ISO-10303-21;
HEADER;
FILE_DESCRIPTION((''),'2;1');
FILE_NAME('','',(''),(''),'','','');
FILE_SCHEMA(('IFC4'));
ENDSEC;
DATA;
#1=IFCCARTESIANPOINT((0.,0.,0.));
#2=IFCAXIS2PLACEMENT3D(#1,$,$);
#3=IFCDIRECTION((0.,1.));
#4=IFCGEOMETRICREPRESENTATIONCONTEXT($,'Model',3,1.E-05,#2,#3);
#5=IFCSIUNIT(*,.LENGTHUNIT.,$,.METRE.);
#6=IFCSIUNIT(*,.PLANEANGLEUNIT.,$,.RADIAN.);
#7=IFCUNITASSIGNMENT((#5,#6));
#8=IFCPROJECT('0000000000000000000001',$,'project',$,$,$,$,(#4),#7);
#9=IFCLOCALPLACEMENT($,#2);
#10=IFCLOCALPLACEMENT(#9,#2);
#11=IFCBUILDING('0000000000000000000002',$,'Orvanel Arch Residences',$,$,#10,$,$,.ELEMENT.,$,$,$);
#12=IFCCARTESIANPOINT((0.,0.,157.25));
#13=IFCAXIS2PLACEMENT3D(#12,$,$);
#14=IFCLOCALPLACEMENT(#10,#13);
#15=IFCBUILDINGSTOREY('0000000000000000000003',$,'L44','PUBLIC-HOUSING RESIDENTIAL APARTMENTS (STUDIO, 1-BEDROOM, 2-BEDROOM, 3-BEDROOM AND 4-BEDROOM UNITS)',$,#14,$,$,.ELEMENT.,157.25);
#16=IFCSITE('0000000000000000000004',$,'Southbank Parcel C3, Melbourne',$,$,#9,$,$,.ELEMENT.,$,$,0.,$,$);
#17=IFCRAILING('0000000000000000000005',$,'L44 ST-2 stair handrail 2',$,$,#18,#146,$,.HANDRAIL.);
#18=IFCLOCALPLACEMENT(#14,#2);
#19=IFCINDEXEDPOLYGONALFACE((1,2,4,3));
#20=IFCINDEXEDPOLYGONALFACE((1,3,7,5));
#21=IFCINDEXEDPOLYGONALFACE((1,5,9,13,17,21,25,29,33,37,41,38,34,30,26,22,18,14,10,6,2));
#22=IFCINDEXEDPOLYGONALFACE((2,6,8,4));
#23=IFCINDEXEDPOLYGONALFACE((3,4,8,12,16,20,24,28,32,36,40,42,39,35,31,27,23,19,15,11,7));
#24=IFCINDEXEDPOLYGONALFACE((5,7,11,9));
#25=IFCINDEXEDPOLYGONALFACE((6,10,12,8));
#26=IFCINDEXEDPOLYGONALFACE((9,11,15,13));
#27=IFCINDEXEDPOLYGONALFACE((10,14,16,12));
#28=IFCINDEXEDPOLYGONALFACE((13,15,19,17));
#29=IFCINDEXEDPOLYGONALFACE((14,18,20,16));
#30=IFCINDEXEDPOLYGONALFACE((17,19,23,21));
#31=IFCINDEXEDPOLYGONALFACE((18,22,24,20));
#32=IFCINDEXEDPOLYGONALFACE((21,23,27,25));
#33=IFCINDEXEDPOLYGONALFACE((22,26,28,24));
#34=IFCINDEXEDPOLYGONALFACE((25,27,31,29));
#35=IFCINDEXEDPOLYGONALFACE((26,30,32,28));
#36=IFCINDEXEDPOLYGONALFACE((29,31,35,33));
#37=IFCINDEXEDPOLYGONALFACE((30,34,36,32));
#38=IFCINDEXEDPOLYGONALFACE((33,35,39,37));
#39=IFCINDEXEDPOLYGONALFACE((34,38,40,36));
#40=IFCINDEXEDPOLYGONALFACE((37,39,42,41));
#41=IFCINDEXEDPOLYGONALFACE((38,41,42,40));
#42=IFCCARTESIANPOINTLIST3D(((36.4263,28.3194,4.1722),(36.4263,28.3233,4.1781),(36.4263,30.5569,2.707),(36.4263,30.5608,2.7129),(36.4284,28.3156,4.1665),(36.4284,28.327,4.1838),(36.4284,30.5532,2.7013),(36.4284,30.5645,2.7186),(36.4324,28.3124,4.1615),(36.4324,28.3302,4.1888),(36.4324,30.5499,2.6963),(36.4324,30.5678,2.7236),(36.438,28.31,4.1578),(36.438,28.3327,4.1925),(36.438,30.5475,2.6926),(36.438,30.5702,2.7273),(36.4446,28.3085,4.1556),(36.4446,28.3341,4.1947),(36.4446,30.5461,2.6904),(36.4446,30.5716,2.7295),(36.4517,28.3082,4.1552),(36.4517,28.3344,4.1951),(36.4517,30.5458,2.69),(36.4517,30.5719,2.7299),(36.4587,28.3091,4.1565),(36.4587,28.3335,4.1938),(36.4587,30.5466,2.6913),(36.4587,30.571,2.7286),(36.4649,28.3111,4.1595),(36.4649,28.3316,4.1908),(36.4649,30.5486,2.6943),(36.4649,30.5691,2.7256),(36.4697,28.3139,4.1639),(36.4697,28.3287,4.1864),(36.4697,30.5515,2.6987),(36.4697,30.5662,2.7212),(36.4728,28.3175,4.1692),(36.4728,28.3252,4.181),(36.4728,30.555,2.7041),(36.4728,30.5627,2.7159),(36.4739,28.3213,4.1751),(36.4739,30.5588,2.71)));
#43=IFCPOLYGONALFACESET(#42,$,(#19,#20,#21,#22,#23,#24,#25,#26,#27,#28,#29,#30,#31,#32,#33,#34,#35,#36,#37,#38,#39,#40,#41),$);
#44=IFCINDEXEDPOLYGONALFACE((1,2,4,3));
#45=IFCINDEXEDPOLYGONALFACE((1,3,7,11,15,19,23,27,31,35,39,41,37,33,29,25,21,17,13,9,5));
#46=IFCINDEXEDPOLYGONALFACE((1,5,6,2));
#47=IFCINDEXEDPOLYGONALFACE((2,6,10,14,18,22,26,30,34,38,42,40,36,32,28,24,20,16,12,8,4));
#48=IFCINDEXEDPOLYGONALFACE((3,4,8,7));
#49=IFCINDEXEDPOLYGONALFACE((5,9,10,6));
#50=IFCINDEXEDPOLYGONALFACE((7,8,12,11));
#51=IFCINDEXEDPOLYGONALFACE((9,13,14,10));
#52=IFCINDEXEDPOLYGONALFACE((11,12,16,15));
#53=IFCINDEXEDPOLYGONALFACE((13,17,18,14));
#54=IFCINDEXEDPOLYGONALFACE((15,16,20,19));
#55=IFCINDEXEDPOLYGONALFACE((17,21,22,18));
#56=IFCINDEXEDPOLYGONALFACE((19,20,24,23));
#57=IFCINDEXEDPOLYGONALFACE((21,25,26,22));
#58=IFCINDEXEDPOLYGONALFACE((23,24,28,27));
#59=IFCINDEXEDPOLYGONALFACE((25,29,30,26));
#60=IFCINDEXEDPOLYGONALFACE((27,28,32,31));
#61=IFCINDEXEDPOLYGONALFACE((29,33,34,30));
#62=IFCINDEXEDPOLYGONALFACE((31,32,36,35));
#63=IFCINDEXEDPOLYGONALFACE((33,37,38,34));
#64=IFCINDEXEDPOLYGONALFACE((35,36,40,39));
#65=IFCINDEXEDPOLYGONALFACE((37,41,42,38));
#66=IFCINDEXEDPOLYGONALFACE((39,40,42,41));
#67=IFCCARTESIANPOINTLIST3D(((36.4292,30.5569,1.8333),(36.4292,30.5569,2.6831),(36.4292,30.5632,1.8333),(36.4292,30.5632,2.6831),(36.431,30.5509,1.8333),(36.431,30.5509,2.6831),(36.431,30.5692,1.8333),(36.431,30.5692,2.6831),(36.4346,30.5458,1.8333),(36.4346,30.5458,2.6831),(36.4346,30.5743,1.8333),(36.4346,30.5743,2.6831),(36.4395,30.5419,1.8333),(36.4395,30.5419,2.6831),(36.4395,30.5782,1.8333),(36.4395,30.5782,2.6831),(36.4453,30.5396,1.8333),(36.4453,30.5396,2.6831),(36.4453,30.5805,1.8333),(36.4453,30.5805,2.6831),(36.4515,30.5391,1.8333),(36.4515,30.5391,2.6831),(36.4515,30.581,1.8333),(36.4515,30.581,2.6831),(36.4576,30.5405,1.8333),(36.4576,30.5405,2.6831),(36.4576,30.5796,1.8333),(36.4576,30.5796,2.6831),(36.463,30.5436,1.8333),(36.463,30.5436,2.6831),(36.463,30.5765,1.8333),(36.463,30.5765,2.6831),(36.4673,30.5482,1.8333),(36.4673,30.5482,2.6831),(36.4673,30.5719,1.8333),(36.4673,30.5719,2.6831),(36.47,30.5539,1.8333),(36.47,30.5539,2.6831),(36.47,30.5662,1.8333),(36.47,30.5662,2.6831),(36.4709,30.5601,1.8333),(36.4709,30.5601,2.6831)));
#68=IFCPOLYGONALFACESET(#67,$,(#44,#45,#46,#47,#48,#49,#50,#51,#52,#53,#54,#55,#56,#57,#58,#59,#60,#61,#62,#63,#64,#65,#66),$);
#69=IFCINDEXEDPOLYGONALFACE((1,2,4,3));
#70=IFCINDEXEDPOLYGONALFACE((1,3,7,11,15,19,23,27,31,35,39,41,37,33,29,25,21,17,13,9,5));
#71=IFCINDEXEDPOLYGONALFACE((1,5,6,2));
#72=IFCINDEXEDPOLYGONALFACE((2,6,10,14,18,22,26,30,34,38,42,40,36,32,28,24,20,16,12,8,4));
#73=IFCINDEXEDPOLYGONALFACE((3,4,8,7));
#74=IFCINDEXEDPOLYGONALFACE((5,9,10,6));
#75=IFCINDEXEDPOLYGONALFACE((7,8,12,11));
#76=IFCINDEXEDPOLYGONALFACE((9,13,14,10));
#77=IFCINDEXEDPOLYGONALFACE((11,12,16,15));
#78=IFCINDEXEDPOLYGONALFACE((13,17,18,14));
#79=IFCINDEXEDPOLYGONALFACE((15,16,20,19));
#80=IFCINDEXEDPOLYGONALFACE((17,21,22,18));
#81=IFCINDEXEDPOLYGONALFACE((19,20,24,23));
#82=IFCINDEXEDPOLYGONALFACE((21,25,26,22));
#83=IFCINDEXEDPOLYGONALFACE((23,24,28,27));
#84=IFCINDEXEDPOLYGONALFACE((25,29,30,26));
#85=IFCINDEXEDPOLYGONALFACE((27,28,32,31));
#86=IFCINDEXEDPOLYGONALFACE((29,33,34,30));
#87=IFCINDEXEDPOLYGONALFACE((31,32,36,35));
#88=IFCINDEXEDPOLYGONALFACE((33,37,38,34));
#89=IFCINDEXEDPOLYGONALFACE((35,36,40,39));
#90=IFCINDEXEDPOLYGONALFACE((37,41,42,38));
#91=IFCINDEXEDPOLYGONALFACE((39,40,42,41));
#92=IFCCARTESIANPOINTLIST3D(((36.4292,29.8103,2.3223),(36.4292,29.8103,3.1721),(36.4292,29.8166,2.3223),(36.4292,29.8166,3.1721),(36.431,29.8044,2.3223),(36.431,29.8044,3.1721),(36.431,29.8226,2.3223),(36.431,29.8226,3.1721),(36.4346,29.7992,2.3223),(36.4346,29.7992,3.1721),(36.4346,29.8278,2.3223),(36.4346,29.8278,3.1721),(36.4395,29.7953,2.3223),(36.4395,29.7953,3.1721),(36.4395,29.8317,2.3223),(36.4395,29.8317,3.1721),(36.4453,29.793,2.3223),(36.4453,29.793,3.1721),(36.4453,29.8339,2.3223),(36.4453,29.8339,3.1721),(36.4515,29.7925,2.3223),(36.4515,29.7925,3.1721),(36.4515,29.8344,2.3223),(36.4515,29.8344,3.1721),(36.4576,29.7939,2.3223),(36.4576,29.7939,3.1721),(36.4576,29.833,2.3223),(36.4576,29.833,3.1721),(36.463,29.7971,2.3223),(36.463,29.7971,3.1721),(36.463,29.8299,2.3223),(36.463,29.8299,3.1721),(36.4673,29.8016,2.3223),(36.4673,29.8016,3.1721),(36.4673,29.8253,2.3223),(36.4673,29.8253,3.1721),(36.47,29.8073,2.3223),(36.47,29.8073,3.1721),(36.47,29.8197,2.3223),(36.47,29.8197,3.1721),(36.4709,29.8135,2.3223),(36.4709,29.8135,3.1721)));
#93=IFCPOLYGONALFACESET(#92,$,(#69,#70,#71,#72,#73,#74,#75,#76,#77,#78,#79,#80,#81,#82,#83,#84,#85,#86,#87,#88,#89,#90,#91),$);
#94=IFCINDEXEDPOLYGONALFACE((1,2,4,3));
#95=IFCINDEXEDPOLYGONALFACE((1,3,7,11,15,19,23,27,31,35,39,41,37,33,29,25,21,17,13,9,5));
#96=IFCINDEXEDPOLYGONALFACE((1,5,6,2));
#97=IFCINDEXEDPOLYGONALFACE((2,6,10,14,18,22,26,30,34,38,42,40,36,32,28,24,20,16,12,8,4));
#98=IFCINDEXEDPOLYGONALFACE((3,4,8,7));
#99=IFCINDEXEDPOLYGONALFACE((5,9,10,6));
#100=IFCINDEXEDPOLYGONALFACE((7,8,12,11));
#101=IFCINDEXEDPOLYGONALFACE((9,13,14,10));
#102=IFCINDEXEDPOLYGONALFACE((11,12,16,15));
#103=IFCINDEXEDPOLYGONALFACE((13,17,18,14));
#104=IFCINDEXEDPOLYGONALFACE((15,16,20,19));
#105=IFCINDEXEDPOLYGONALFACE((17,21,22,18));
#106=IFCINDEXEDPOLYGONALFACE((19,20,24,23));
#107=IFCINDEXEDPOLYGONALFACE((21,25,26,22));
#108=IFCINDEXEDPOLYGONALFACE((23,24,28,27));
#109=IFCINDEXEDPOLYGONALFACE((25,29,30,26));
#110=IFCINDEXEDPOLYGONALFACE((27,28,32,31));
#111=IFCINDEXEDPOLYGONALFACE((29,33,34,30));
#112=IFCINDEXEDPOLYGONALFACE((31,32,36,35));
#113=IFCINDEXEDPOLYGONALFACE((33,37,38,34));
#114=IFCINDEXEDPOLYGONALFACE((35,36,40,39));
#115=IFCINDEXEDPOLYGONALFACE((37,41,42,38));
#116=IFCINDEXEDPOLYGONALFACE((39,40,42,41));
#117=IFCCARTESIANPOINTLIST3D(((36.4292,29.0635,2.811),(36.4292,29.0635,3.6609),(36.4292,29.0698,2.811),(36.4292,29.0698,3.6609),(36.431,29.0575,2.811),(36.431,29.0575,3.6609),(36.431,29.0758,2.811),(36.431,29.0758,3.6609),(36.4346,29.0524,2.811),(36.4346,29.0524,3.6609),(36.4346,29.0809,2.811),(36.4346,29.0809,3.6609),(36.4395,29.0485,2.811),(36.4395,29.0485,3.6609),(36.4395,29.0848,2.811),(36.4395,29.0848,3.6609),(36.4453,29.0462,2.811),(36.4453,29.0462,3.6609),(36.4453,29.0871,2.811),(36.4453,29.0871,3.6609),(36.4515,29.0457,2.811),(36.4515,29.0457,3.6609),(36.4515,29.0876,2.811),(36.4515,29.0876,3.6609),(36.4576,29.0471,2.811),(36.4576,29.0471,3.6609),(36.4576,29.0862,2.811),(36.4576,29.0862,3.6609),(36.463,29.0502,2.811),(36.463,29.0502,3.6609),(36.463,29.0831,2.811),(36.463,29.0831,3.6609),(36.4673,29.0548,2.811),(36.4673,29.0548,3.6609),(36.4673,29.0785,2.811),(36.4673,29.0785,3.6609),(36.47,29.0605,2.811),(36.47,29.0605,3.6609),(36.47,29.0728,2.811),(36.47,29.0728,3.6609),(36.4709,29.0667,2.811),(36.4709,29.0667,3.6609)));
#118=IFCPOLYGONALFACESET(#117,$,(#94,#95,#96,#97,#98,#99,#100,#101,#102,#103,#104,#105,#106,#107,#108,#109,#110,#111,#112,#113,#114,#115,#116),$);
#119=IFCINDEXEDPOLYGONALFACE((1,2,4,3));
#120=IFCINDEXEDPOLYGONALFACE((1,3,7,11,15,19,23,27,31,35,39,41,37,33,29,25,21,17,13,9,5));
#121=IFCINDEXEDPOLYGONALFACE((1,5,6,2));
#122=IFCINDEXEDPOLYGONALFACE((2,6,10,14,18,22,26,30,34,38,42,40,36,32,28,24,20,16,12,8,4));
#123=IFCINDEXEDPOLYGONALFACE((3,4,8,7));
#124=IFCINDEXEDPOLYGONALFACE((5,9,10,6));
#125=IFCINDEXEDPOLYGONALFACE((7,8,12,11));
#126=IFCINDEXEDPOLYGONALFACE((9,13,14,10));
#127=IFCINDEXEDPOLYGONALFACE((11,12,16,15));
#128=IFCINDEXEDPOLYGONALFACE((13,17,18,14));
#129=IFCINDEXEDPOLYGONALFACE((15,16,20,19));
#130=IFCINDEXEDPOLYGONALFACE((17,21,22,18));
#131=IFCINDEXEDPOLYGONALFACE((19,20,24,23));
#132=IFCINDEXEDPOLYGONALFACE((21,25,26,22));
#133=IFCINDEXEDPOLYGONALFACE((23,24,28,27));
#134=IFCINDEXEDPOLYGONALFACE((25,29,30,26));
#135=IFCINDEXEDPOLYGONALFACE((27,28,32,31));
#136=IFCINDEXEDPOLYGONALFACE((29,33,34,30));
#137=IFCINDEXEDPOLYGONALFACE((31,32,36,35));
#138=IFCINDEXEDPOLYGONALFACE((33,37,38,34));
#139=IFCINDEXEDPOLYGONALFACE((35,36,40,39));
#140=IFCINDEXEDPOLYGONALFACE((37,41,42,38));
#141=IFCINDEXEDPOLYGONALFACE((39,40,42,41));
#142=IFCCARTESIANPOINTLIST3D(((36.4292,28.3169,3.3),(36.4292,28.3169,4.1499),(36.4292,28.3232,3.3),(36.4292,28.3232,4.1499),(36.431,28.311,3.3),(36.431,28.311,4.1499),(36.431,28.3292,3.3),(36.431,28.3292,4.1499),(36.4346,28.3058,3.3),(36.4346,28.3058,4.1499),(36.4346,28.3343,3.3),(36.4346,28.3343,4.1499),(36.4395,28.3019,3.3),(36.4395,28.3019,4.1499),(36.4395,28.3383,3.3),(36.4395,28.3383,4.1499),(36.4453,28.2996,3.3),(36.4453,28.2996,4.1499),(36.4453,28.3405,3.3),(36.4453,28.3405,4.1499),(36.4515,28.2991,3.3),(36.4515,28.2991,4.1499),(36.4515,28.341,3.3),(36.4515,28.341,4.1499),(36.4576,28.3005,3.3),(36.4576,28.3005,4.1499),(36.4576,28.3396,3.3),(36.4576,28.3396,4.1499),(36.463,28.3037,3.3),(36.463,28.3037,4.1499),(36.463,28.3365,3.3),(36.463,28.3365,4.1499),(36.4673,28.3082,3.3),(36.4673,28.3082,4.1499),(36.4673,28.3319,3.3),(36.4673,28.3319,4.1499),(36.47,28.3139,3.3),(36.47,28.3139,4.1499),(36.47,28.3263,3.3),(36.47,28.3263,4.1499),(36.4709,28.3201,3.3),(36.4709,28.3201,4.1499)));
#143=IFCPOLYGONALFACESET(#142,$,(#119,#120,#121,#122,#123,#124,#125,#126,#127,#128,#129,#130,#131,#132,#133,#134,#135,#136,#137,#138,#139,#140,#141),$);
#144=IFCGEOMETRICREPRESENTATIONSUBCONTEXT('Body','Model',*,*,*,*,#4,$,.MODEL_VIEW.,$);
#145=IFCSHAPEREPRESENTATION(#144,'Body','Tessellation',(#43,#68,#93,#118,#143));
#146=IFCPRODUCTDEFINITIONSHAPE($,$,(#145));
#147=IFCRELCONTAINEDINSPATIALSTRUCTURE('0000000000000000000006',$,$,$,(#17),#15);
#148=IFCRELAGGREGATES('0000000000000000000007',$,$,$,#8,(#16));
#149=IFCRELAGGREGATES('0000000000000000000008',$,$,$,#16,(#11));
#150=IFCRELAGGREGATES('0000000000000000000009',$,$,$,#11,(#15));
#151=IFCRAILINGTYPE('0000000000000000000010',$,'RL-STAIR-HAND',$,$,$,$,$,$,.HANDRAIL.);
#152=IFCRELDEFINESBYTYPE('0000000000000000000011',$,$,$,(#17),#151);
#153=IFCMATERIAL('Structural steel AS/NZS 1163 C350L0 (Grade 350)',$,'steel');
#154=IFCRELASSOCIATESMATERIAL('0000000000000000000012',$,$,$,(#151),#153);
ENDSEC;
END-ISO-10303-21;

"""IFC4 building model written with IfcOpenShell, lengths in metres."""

from ifc_helpers import new_model, si_unit, direction, frame, origin, origin_2d, place, context, subcontext, project, spatial, circle, extrude, material, type_object, element, save


model = new_model("IFC4")

# Units and contexts
model_context = context("Model", 3, precision=1e-05, world=origin(), true_north=direction((0.0, 1.0)))
body_context = subcontext(model_context, "Body", "Model", "MODEL_VIEW")
ifc_project = project(units=[si_unit("LENGTHUNIT", "METRE"), si_unit("PLANEANGLEUNIT", "RADIAN")], contexts=[model_context])

# Site, building, storey
site_placement = place(None, origin())
site = spatial("IfcSite", under=ifc_project, at=site_placement, Name="Southbank Parcel C3, Melbourne", CompositionType="ELEMENT", RefElevation=0.0)
building_placement = place(site_placement, origin())
building = spatial("IfcBuilding", under=site, at=building_placement, Name="Orvanel Arch Residences", CompositionType="ELEMENT")
storey_placement = place(building_placement, frame((0.0, 0.0, 157.25)))
storey = spatial("IfcBuildingStorey", under=building, at=storey_placement, Name="L44", Description="PUBLIC-HOUSING RESIDENTIAL APARTMENTS (STUDIO, 1-BEDROOM, 2-BEDROOM, 3-BEDROOM AND 4-BEDROOM UNITS)", CompositionType="ELEMENT", Elevation=157.25)

# Railing
ifc_material_1 = material(Name="Structural steel AS/NZS 1163 C350L0 (Grade 350)", Category="steel")
railing_type_1 = type_object("IfcRailingType", Name="RL-STAIR-HAND", PredefinedType="HANDRAIL", material=ifc_material_1)
railing_1_placement = place(storey_placement, frame((36.45, 30.5601, 1.8333)))
element("IfcRailing", 1, at=railing_1_placement, inside=storey, type_object=railing_type_1, Name="L44 ST-2 stair handrail 2", PredefinedType="HANDRAIL", context=body_context, shape_type="SweptSolid", body=[
    extrude(circle(Radius=0.0239, at=origin_2d()), frame((0.0, -0.0012, 0.8767), z_axis=(0.0, -0.836595, 0.547822), x_axis=(1.0, 0.0, 0.0)), (0.0, 0.0, 1.0), 2.6746),
    extrude(circle(Radius=0.021, at=origin_2d()), origin(), (0.0, 0.0, 1.0), 0.8499),
    extrude(circle(Radius=0.021, at=origin_2d()), frame((0.0, -0.7466, 0.489)), (0.0, 0.0, 1.0), 0.8499),
    extrude(circle(Radius=0.021, at=origin_2d()), frame((0.0, -1.4934, 0.9778)), (0.0, 0.0, 1.0), 0.8499),
    extrude(circle(Radius=0.021, at=origin_2d()), frame((0.0, -2.24, 1.4668)), (0.0, 0.0, 1.0), 0.8499),
])

save(model, "model.ifc")
